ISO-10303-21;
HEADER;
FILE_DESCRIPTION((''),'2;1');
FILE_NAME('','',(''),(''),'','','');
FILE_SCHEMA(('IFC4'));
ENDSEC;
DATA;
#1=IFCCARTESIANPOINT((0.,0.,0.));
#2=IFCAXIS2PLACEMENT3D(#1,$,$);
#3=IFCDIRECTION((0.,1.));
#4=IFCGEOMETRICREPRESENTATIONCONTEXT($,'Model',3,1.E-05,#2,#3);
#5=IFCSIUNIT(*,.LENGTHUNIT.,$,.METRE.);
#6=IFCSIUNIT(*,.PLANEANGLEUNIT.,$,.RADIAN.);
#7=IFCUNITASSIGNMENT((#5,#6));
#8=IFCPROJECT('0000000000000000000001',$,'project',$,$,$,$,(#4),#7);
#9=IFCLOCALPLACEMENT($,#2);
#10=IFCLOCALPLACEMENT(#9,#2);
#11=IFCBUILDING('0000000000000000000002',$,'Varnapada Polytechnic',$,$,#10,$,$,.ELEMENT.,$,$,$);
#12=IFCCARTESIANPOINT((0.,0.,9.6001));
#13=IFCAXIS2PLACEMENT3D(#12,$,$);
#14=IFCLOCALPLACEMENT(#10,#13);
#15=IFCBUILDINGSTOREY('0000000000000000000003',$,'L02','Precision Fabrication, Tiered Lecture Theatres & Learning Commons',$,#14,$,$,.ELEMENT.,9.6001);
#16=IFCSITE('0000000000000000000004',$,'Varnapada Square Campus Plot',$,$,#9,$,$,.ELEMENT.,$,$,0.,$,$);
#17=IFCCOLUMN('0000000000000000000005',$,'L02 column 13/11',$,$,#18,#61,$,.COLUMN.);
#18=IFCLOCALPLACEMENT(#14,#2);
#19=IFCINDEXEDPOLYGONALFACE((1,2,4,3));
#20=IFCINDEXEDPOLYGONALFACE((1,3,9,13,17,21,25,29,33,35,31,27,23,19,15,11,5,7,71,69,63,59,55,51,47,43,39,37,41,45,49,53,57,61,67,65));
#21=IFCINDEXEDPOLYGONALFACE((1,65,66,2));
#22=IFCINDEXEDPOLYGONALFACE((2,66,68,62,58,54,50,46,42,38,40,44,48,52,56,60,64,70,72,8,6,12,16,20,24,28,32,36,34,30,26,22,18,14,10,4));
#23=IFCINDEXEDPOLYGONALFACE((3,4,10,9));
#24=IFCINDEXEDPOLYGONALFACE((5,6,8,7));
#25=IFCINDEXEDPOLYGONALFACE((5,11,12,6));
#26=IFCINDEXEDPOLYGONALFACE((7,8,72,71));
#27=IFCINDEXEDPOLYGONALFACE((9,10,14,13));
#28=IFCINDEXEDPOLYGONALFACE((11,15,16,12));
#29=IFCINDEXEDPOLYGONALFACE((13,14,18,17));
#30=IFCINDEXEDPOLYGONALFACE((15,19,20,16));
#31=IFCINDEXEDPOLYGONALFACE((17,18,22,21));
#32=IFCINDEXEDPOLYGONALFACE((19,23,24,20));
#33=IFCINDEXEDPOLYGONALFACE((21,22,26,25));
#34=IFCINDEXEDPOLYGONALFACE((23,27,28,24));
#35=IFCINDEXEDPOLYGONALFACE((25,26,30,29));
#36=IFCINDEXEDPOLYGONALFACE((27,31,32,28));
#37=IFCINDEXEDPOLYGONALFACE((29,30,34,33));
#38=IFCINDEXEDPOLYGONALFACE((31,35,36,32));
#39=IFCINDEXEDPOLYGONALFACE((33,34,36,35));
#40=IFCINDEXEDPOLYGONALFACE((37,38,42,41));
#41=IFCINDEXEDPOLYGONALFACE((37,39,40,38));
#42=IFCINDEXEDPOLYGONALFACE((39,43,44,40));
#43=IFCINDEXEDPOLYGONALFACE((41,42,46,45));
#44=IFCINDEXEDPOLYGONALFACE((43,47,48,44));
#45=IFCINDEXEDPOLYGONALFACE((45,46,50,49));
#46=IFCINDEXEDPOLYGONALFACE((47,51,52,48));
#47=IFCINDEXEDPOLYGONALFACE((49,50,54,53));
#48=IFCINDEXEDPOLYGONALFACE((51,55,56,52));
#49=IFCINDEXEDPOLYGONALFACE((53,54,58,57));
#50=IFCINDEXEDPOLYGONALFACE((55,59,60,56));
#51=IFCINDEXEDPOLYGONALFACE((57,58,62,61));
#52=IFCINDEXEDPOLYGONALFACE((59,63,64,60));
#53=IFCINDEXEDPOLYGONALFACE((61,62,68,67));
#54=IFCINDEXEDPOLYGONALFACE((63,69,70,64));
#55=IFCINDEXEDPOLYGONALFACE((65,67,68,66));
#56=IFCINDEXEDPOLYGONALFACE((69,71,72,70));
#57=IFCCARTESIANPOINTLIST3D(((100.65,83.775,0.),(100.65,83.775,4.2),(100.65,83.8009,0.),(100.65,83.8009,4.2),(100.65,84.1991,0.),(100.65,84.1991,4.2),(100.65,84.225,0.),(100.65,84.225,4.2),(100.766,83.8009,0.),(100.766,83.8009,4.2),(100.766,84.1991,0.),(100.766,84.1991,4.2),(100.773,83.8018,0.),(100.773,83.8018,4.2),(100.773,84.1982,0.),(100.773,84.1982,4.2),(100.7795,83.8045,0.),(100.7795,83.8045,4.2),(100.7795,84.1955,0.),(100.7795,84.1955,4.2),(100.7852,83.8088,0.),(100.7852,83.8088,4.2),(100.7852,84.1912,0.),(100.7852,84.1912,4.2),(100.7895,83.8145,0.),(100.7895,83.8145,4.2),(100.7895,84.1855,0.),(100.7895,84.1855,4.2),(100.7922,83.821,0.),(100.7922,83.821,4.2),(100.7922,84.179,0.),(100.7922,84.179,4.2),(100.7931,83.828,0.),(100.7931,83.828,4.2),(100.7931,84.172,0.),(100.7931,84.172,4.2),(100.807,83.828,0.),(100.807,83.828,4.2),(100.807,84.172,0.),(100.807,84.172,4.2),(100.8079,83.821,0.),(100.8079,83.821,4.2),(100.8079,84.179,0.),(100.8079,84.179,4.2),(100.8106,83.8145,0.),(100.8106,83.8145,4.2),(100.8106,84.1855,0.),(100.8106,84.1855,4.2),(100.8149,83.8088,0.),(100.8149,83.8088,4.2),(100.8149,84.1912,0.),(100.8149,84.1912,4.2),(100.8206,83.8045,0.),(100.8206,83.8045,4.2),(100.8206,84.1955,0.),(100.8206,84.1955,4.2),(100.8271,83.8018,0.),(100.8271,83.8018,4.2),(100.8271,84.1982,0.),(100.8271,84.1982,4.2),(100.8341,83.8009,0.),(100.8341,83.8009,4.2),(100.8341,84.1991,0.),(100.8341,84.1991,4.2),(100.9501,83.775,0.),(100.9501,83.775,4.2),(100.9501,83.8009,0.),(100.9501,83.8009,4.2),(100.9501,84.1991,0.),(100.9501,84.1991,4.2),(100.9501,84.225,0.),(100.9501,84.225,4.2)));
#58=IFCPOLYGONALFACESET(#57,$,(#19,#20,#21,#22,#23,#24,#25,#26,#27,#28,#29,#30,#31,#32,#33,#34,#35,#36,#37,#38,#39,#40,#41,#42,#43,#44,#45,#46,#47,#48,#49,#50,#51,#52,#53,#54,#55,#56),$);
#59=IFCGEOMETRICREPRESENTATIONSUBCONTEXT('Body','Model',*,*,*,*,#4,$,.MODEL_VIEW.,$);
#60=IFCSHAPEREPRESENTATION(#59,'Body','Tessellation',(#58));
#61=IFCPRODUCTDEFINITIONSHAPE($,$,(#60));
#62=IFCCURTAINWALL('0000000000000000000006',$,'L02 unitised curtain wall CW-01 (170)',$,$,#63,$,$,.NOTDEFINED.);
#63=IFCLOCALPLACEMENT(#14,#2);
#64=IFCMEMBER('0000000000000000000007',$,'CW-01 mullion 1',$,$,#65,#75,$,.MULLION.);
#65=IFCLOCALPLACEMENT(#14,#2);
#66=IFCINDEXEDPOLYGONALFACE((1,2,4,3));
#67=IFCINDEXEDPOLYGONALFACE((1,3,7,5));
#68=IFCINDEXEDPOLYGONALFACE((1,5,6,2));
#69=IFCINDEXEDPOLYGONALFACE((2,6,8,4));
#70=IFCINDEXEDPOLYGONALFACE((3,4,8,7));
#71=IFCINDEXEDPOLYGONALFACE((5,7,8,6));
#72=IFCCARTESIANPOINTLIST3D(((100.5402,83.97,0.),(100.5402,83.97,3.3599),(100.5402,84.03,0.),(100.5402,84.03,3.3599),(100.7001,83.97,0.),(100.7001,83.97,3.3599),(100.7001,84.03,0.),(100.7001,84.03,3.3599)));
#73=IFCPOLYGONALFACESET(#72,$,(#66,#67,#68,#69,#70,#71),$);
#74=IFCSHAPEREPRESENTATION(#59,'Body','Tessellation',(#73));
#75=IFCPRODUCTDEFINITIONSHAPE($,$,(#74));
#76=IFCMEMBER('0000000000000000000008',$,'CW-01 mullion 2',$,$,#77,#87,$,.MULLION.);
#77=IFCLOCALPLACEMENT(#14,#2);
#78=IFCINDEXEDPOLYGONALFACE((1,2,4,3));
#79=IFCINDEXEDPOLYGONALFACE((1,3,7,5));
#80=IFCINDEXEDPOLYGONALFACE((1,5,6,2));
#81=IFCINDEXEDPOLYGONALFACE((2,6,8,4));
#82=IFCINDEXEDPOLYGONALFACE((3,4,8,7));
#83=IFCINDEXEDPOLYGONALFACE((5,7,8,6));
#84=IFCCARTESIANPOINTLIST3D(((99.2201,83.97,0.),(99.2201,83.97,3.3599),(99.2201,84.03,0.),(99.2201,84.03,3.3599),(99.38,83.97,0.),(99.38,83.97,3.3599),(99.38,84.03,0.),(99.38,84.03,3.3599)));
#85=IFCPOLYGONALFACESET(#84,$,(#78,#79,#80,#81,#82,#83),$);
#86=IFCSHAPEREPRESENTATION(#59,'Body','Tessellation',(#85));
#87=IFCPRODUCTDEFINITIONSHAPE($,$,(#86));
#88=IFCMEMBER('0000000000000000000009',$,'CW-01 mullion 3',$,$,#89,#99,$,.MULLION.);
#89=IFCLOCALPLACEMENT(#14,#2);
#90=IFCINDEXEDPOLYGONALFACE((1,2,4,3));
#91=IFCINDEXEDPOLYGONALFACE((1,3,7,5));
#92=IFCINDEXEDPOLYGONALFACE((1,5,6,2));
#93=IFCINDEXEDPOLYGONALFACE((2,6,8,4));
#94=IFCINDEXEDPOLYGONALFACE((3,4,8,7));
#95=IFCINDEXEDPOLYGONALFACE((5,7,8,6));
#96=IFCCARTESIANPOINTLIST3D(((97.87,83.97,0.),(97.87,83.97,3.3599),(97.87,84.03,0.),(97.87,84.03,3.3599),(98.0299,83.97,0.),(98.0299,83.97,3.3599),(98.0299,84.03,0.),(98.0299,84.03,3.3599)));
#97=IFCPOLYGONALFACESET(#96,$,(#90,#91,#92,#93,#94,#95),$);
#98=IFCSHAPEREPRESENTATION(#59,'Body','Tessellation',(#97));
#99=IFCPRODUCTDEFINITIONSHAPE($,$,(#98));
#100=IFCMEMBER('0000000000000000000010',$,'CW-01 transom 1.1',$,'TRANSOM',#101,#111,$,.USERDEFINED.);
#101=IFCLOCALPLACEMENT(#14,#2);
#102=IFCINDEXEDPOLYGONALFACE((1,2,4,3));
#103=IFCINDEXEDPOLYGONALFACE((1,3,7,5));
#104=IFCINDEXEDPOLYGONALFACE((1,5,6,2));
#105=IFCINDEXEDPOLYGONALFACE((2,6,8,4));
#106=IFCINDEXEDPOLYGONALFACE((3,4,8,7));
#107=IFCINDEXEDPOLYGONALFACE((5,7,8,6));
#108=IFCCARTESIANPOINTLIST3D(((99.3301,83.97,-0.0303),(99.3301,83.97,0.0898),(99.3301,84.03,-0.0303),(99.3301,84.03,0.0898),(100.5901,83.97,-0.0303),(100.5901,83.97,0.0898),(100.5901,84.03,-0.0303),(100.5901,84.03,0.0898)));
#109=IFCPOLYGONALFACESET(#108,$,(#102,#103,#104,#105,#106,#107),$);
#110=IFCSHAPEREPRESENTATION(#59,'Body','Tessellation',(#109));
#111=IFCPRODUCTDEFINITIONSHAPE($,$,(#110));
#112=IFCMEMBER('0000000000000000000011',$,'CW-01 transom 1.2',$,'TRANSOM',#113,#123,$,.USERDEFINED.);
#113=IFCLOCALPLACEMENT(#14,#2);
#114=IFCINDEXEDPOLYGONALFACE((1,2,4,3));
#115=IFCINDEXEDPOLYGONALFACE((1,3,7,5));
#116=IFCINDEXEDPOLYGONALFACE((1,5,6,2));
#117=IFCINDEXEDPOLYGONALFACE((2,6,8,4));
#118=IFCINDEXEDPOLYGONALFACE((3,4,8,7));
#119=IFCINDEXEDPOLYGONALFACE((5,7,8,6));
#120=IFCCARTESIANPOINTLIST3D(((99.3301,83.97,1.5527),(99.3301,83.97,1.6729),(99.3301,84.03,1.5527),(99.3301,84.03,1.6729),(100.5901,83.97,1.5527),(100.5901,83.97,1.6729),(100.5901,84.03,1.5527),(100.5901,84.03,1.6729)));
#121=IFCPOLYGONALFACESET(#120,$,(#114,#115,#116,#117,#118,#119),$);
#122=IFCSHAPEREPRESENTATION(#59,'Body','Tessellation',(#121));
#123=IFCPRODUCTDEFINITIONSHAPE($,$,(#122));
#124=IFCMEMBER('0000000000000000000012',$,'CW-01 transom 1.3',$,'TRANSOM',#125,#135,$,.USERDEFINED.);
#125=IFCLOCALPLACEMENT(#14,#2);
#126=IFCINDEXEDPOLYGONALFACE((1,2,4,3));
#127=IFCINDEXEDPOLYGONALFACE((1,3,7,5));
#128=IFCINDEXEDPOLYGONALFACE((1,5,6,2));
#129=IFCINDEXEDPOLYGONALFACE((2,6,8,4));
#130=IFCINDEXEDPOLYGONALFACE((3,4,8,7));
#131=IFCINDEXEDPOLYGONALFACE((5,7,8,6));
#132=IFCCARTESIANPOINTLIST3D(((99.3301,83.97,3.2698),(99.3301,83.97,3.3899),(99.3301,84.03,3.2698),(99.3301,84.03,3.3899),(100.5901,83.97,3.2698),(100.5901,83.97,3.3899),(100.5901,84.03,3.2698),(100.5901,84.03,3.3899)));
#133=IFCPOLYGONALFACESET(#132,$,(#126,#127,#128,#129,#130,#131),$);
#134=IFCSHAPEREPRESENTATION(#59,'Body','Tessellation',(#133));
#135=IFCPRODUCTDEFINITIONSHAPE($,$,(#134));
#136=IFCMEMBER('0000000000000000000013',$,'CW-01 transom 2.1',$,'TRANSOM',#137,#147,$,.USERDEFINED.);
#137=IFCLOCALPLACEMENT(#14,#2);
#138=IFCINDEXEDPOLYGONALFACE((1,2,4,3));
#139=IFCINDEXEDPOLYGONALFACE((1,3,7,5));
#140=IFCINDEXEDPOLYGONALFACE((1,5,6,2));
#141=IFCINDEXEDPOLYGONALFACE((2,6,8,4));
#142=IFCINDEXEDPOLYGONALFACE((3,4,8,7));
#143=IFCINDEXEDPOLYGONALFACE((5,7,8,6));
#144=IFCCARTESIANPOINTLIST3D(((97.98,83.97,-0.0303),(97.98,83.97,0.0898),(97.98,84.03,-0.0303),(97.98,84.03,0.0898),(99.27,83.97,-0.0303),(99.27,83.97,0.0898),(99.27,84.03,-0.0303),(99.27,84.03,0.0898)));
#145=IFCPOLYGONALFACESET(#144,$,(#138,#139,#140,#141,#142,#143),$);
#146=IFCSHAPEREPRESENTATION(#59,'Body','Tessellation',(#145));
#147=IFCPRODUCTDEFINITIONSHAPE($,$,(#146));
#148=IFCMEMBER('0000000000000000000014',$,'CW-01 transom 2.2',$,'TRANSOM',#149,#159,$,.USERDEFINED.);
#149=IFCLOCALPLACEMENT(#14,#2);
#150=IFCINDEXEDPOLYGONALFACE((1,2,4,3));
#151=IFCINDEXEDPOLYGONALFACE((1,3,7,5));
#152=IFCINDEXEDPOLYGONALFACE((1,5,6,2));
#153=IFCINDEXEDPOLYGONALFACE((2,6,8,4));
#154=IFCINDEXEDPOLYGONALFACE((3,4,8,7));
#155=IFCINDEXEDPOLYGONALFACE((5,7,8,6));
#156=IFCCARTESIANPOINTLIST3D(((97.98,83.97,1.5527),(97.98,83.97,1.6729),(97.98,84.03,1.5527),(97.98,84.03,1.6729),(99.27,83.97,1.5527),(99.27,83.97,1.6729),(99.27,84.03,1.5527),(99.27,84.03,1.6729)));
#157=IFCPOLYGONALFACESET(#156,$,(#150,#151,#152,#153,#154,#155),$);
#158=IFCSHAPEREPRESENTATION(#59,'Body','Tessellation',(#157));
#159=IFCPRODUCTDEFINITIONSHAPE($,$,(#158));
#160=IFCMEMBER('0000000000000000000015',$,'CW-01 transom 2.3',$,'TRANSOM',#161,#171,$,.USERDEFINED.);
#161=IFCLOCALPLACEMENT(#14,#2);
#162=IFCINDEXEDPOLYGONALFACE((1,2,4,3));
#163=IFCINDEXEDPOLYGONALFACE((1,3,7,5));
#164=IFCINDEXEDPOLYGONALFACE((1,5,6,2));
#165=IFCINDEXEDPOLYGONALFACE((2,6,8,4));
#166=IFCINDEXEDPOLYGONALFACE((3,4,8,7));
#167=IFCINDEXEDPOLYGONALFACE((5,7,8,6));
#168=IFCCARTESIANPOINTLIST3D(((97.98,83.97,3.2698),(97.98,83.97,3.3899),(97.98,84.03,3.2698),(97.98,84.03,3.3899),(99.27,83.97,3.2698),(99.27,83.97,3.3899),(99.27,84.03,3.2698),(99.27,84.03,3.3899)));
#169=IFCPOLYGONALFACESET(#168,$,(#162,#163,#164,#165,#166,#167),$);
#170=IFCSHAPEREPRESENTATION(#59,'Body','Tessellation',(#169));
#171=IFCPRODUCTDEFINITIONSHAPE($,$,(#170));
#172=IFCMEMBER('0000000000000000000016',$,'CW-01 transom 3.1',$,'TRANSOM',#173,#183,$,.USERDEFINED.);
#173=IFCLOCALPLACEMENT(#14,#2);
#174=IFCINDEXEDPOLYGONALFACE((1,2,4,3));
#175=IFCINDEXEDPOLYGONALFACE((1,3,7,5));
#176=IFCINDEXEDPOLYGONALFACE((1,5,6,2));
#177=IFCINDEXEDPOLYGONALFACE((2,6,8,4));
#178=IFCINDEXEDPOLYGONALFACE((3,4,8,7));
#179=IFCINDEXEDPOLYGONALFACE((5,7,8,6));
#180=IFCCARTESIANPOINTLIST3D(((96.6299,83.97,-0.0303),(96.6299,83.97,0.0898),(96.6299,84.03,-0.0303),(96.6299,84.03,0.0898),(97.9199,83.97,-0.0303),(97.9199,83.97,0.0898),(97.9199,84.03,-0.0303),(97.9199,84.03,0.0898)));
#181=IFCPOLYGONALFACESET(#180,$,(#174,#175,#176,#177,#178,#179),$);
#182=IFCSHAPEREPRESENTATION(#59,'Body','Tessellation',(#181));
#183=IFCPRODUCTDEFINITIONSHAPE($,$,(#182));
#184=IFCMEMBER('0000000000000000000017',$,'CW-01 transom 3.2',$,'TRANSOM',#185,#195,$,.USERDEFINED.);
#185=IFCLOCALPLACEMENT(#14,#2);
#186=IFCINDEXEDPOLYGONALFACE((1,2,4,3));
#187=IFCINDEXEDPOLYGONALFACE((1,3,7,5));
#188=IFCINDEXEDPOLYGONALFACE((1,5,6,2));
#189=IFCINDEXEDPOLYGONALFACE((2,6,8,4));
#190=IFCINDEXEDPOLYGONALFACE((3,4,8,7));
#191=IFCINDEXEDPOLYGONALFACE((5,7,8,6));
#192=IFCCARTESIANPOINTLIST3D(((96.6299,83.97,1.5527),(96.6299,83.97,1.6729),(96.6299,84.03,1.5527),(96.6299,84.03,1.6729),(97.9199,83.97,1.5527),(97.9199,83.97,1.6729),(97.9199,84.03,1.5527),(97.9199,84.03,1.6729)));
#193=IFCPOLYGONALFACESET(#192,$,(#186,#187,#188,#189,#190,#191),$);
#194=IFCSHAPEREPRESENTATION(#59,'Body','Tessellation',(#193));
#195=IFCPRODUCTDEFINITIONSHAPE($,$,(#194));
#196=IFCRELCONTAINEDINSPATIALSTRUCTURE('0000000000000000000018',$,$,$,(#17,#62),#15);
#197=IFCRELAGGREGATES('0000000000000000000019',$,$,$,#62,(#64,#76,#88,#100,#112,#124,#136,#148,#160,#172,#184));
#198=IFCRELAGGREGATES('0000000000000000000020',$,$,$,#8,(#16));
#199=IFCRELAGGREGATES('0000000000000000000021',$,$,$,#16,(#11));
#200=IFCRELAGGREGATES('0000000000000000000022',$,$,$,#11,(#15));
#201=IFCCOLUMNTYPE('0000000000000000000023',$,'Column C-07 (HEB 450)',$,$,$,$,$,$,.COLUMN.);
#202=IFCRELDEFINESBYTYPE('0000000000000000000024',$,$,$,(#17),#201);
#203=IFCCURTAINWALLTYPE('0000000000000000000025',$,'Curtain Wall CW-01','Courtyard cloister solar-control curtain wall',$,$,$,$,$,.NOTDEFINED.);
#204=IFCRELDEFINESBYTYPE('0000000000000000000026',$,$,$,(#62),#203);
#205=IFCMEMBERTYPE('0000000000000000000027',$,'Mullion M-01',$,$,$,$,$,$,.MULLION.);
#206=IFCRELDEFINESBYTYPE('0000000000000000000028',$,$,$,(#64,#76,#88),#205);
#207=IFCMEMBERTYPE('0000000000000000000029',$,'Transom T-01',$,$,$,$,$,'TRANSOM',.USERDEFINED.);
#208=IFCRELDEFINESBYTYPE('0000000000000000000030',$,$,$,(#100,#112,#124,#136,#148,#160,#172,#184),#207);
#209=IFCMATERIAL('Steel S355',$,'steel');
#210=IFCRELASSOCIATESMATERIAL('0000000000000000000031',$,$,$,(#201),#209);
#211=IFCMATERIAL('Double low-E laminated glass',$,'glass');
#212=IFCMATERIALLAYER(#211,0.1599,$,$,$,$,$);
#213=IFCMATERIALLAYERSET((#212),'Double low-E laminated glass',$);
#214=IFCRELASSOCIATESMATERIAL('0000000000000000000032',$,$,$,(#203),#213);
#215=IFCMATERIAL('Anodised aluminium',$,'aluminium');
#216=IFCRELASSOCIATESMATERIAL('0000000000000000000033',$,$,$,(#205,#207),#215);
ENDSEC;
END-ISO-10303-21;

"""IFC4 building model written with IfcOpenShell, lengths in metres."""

from ifc_helpers import new_model, si_unit, direction, frame, origin, origin_2d, place, context, subcontext, project, spatial, rectangle, i_section, extrude, material, layer, layer_set, material_profile, profile_set, type_object, element, aggregate, save


model = new_model("IFC4")

# Units and contexts
model_context = context("Model", 3, precision=1e-05, world=origin(), true_north=direction((0.0, 1.0)))
body_context = subcontext(model_context, "Body", "Model", "MODEL_VIEW")
ifc_project = project(units=[si_unit("LENGTHUNIT", "METRE"), si_unit("PLANEANGLEUNIT", "RADIAN")], contexts=[model_context])

# Site, building, storey
site_placement = place(None, origin())
site = spatial("IfcSite", under=ifc_project, at=site_placement, Name="Varnapada Square Campus Plot", CompositionType="ELEMENT", RefElevation=0.0)
building_placement = place(site_placement, origin())
building = spatial("IfcBuilding", under=site, at=building_placement, Name="Varnapada Polytechnic", CompositionType="ELEMENT")
storey_placement = place(building_placement, frame((0.0, 0.0, 9.6001)))
storey = spatial("IfcBuildingStorey", under=building, at=storey_placement, Name="L02", Description="Precision Fabrication, Tiered Lecture Theatres & Learning Commons", CompositionType="ELEMENT", Elevation=9.6001)

# Column
ifc_material_1 = material(Name="Steel S355", Category="steel")
ifc_material_profile_1 = material_profile(ifc_material_1, i_section(OverallWidth=0.3, OverallDepth=0.45, WebThickness=0.0139, FlangeThickness=0.0259, FilletRadius=0.0271, at=origin_2d()), Name="HEB 450")
ifc_profile_set_1 = profile_set([ifc_material_profile_1], Name="Steel S355")
column_type = type_object("IfcColumnType", Name="Column C-07 (HEB 450)", PredefinedType="COLUMN", material=ifc_profile_set_1)
column_placement = place(storey_placement, frame((100.8, 84.0, 0.0), z_axis=(0.0, 0.0, 1.0), x_axis=(1.0, 0.0, 0.0)))
element("IfcColumn", 1, at=column_placement, inside=storey, type_object=column_type, Name="L02 column 13/11", PredefinedType="COLUMN", context=body_context, shape_type="SweptSolid", body=[
    extrude(i_section(OverallWidth=0.3, OverallDepth=0.45, WebThickness=0.0139, FlangeThickness=0.0259, FilletRadius=0.0271, at=origin_2d()), origin(), (0.0, 0.0, 1.0), 4.2),
])

# Curtain wall, members
ifc_material_2 = material(Name="Double low-E laminated glass", Category="glass")
ifc_layer_1 = layer(ifc_material_2, 0.1599)
ifc_layer_set_1 = layer_set([ifc_layer_1], Name="Double low-E laminated glass")
curtain_wall_type = type_object("IfcCurtainWallType", Name="Curtain Wall CW-01", Description="Courtyard cloister solar-control curtain wall", PredefinedType="NOTDEFINED", material=ifc_layer_set_1)
curtain_wall_placement = place(storey_placement, origin())
curtain_wall = element("IfcCurtainWall", 2, at=curtain_wall_placement, inside=storey, type_object=curtain_wall_type, Name="L02 unitised curtain wall CW-01 (170)", PredefinedType="NOTDEFINED")
ifc_material_3 = material(Name="Anodised aluminium", Category="aluminium")
ifc_material_profile_2 = material_profile(ifc_material_3, rectangle(XDim=0.0601, YDim=0.1599, at=origin_2d()), Name="ALU M60x160")
ifc_profile_set_2 = profile_set([ifc_material_profile_2], Name="Anodised aluminium")
member_type_1 = type_object("IfcMemberType", Name="Mullion M-01", PredefinedType="MULLION", material=ifc_profile_set_2)
member_1_placement = place(storey_placement, frame((100.6201, 84.0, 0.0), z_axis=(0.0, 0.0, 1.0), x_axis=(0.0, -1.0, 0.0)))
member_1 = element("IfcMember", 3, at=member_1_placement, type_object=member_type_1, Name="CW-01 mullion 1", PredefinedType="MULLION", context=body_context, shape_type="SweptSolid", body=[
    extrude(rectangle(XDim=0.0601, YDim=0.1599, at=origin_2d()), origin(), (0.0, 0.0, 1.0), 3.3599),
])
member_2_placement = place(storey_placement, frame((99.3, 84.0, 0.0), z_axis=(0.0, 0.0, 1.0), x_axis=(0.0, -1.0, 0.0)))
member_2 = element("IfcMember", 4, at=member_2_placement, type_object=member_type_1, Name="CW-01 mullion 2", PredefinedType="MULLION", context=body_context, shape_type="SweptSolid", body=[
    extrude(rectangle(XDim=0.0601, YDim=0.1599, at=origin_2d()), origin(), (0.0, 0.0, 1.0), 3.3599),
])
member_3_placement = place(storey_placement, frame((97.95, 84.0, 0.0), z_axis=(0.0, 0.0, 1.0), x_axis=(0.0, -1.0, 0.0)))
member_3 = element("IfcMember", 5, at=member_3_placement, type_object=member_type_1, Name="CW-01 mullion 3", PredefinedType="MULLION", context=body_context, shape_type="SweptSolid", body=[
    extrude(rectangle(XDim=0.0601, YDim=0.1599, at=origin_2d()), origin(), (0.0, 0.0, 1.0), 3.3599),
])
ifc_material_profile_3 = material_profile(ifc_material_3, rectangle(XDim=0.0601, YDim=0.1201, at=origin_2d()), Name="ALU T60x120")
ifc_profile_set_3 = profile_set([ifc_material_profile_3], Name="Anodised aluminium")
member_type_2 = type_object("IfcMemberType", Name="Transom T-01", ElementType="TRANSOM", PredefinedType="USERDEFINED", material=ifc_profile_set_3)
member_4_placement = place(storey_placement, frame((100.5901, 84.0, 0.0298), z_axis=(-1.0, 0.0, 0.0), x_axis=(0.0, -1.0, 0.0)))
member_4 = element("IfcMember", 6, at=member_4_placement, type_object=member_type_2, Name="CW-01 transom 1.1", ObjectType="TRANSOM", PredefinedType="USERDEFINED", context=body_context, shape_type="SweptSolid", body=[
    extrude(rectangle(XDim=0.0601, YDim=0.1201, at=origin_2d()), origin(), (0.0, 0.0, 1.0), 1.26),
])
member_5_placement = place(storey_placement, frame((100.5901, 84.0, 1.6128), z_axis=(-1.0, 0.0, 0.0), x_axis=(0.0, -1.0, 0.0)))
member_5 = element("IfcMember", 7, at=member_5_placement, type_object=member_type_2, Name="CW-01 transom 1.2", ObjectType="TRANSOM", PredefinedType="USERDEFINED", context=body_context, shape_type="SweptSolid", body=[
    extrude(rectangle(XDim=0.0601, YDim=0.1201, at=origin_2d()), origin(), (0.0, 0.0, 1.0), 1.26),
])
member_6_placement = place(storey_placement, frame((100.5901, 84.0, 3.3298), z_axis=(-1.0, 0.0, 0.0), x_axis=(0.0, -1.0, 0.0)))
member_6 = element("IfcMember", 8, at=member_6_placement, type_object=member_type_2, Name="CW-01 transom 1.3", ObjectType="TRANSOM", PredefinedType="USERDEFINED", context=body_context, shape_type="SweptSolid", body=[
    extrude(rectangle(XDim=0.0601, YDim=0.1201, at=origin_2d()), origin(), (0.0, 0.0, 1.0), 1.26),
])
member_7_placement = place(storey_placement, frame((99.27, 84.0, 0.0298), z_axis=(-1.0, 0.0, 0.0), x_axis=(0.0, -1.0, 0.0)))
member_7 = element("IfcMember", 9, at=member_7_placement, type_object=member_type_2, Name="CW-01 transom 2.1", ObjectType="TRANSOM", PredefinedType="USERDEFINED", context=body_context, shape_type="SweptSolid", body=[
    extrude(rectangle(XDim=0.0601, YDim=0.1201, at=origin_2d()), origin(), (0.0, 0.0, 1.0), 1.29),
])
member_8_placement = place(storey_placement, frame((99.27, 84.0, 1.6128), z_axis=(-1.0, 0.0, 0.0), x_axis=(0.0, -1.0, 0.0)))
member_8 = element("IfcMember", 10, at=member_8_placement, type_object=member_type_2, Name="CW-01 transom 2.2", ObjectType="TRANSOM", PredefinedType="USERDEFINED", context=body_context, shape_type="SweptSolid", body=[
    extrude(rectangle(XDim=0.0601, YDim=0.1201, at=origin_2d()), origin(), (0.0, 0.0, 1.0), 1.29),
])
member_9_placement = place(storey_placement, frame((99.27, 84.0, 3.3298), z_axis=(-1.0, 0.0, 0.0), x_axis=(0.0, -1.0, 0.0)))
member_9 = element("IfcMember", 11, at=member_9_placement, type_object=member_type_2, Name="CW-01 transom 2.3", ObjectType="TRANSOM", PredefinedType="USERDEFINED", context=body_context, shape_type="SweptSolid", body=[
    extrude(rectangle(XDim=0.0601, YDim=0.1201, at=origin_2d()), origin(), (0.0, 0.0, 1.0), 1.29),
])
member_10_placement = place(storey_placement, frame((97.9199, 84.0, 0.0298), z_axis=(-1.0, 0.0, 0.0), x_axis=(0.0, -1.0, 0.0)))
member_10 = element("IfcMember", 12, at=member_10_placement, type_object=member_type_2, Name="CW-01 transom 3.1", ObjectType="TRANSOM", PredefinedType="USERDEFINED", context=body_context, shape_type="SweptSolid", body=[
    extrude(rectangle(XDim=0.0601, YDim=0.1201, at=origin_2d()), origin(), (0.0, 0.0, 1.0), 1.29),
])
member_11_placement = place(storey_placement, frame((97.9199, 84.0, 1.6128), z_axis=(-1.0, 0.0, 0.0), x_axis=(0.0, -1.0, 0.0)))
member_11 = element("IfcMember", 13, at=member_11_placement, type_object=member_type_2, Name="CW-01 transom 3.2", ObjectType="TRANSOM", PredefinedType="USERDEFINED", context=body_context, shape_type="SweptSolid", body=[
    extrude(rectangle(XDim=0.0601, YDim=0.1201, at=origin_2d()), origin(), (0.0, 0.0, 1.0), 1.29),
])

aggregate(curtain_wall, [member_1, member_2, member_3, member_4, member_5, member_6, member_7, member_8, member_9, member_10, member_11])

save(model, "model.ifc")
